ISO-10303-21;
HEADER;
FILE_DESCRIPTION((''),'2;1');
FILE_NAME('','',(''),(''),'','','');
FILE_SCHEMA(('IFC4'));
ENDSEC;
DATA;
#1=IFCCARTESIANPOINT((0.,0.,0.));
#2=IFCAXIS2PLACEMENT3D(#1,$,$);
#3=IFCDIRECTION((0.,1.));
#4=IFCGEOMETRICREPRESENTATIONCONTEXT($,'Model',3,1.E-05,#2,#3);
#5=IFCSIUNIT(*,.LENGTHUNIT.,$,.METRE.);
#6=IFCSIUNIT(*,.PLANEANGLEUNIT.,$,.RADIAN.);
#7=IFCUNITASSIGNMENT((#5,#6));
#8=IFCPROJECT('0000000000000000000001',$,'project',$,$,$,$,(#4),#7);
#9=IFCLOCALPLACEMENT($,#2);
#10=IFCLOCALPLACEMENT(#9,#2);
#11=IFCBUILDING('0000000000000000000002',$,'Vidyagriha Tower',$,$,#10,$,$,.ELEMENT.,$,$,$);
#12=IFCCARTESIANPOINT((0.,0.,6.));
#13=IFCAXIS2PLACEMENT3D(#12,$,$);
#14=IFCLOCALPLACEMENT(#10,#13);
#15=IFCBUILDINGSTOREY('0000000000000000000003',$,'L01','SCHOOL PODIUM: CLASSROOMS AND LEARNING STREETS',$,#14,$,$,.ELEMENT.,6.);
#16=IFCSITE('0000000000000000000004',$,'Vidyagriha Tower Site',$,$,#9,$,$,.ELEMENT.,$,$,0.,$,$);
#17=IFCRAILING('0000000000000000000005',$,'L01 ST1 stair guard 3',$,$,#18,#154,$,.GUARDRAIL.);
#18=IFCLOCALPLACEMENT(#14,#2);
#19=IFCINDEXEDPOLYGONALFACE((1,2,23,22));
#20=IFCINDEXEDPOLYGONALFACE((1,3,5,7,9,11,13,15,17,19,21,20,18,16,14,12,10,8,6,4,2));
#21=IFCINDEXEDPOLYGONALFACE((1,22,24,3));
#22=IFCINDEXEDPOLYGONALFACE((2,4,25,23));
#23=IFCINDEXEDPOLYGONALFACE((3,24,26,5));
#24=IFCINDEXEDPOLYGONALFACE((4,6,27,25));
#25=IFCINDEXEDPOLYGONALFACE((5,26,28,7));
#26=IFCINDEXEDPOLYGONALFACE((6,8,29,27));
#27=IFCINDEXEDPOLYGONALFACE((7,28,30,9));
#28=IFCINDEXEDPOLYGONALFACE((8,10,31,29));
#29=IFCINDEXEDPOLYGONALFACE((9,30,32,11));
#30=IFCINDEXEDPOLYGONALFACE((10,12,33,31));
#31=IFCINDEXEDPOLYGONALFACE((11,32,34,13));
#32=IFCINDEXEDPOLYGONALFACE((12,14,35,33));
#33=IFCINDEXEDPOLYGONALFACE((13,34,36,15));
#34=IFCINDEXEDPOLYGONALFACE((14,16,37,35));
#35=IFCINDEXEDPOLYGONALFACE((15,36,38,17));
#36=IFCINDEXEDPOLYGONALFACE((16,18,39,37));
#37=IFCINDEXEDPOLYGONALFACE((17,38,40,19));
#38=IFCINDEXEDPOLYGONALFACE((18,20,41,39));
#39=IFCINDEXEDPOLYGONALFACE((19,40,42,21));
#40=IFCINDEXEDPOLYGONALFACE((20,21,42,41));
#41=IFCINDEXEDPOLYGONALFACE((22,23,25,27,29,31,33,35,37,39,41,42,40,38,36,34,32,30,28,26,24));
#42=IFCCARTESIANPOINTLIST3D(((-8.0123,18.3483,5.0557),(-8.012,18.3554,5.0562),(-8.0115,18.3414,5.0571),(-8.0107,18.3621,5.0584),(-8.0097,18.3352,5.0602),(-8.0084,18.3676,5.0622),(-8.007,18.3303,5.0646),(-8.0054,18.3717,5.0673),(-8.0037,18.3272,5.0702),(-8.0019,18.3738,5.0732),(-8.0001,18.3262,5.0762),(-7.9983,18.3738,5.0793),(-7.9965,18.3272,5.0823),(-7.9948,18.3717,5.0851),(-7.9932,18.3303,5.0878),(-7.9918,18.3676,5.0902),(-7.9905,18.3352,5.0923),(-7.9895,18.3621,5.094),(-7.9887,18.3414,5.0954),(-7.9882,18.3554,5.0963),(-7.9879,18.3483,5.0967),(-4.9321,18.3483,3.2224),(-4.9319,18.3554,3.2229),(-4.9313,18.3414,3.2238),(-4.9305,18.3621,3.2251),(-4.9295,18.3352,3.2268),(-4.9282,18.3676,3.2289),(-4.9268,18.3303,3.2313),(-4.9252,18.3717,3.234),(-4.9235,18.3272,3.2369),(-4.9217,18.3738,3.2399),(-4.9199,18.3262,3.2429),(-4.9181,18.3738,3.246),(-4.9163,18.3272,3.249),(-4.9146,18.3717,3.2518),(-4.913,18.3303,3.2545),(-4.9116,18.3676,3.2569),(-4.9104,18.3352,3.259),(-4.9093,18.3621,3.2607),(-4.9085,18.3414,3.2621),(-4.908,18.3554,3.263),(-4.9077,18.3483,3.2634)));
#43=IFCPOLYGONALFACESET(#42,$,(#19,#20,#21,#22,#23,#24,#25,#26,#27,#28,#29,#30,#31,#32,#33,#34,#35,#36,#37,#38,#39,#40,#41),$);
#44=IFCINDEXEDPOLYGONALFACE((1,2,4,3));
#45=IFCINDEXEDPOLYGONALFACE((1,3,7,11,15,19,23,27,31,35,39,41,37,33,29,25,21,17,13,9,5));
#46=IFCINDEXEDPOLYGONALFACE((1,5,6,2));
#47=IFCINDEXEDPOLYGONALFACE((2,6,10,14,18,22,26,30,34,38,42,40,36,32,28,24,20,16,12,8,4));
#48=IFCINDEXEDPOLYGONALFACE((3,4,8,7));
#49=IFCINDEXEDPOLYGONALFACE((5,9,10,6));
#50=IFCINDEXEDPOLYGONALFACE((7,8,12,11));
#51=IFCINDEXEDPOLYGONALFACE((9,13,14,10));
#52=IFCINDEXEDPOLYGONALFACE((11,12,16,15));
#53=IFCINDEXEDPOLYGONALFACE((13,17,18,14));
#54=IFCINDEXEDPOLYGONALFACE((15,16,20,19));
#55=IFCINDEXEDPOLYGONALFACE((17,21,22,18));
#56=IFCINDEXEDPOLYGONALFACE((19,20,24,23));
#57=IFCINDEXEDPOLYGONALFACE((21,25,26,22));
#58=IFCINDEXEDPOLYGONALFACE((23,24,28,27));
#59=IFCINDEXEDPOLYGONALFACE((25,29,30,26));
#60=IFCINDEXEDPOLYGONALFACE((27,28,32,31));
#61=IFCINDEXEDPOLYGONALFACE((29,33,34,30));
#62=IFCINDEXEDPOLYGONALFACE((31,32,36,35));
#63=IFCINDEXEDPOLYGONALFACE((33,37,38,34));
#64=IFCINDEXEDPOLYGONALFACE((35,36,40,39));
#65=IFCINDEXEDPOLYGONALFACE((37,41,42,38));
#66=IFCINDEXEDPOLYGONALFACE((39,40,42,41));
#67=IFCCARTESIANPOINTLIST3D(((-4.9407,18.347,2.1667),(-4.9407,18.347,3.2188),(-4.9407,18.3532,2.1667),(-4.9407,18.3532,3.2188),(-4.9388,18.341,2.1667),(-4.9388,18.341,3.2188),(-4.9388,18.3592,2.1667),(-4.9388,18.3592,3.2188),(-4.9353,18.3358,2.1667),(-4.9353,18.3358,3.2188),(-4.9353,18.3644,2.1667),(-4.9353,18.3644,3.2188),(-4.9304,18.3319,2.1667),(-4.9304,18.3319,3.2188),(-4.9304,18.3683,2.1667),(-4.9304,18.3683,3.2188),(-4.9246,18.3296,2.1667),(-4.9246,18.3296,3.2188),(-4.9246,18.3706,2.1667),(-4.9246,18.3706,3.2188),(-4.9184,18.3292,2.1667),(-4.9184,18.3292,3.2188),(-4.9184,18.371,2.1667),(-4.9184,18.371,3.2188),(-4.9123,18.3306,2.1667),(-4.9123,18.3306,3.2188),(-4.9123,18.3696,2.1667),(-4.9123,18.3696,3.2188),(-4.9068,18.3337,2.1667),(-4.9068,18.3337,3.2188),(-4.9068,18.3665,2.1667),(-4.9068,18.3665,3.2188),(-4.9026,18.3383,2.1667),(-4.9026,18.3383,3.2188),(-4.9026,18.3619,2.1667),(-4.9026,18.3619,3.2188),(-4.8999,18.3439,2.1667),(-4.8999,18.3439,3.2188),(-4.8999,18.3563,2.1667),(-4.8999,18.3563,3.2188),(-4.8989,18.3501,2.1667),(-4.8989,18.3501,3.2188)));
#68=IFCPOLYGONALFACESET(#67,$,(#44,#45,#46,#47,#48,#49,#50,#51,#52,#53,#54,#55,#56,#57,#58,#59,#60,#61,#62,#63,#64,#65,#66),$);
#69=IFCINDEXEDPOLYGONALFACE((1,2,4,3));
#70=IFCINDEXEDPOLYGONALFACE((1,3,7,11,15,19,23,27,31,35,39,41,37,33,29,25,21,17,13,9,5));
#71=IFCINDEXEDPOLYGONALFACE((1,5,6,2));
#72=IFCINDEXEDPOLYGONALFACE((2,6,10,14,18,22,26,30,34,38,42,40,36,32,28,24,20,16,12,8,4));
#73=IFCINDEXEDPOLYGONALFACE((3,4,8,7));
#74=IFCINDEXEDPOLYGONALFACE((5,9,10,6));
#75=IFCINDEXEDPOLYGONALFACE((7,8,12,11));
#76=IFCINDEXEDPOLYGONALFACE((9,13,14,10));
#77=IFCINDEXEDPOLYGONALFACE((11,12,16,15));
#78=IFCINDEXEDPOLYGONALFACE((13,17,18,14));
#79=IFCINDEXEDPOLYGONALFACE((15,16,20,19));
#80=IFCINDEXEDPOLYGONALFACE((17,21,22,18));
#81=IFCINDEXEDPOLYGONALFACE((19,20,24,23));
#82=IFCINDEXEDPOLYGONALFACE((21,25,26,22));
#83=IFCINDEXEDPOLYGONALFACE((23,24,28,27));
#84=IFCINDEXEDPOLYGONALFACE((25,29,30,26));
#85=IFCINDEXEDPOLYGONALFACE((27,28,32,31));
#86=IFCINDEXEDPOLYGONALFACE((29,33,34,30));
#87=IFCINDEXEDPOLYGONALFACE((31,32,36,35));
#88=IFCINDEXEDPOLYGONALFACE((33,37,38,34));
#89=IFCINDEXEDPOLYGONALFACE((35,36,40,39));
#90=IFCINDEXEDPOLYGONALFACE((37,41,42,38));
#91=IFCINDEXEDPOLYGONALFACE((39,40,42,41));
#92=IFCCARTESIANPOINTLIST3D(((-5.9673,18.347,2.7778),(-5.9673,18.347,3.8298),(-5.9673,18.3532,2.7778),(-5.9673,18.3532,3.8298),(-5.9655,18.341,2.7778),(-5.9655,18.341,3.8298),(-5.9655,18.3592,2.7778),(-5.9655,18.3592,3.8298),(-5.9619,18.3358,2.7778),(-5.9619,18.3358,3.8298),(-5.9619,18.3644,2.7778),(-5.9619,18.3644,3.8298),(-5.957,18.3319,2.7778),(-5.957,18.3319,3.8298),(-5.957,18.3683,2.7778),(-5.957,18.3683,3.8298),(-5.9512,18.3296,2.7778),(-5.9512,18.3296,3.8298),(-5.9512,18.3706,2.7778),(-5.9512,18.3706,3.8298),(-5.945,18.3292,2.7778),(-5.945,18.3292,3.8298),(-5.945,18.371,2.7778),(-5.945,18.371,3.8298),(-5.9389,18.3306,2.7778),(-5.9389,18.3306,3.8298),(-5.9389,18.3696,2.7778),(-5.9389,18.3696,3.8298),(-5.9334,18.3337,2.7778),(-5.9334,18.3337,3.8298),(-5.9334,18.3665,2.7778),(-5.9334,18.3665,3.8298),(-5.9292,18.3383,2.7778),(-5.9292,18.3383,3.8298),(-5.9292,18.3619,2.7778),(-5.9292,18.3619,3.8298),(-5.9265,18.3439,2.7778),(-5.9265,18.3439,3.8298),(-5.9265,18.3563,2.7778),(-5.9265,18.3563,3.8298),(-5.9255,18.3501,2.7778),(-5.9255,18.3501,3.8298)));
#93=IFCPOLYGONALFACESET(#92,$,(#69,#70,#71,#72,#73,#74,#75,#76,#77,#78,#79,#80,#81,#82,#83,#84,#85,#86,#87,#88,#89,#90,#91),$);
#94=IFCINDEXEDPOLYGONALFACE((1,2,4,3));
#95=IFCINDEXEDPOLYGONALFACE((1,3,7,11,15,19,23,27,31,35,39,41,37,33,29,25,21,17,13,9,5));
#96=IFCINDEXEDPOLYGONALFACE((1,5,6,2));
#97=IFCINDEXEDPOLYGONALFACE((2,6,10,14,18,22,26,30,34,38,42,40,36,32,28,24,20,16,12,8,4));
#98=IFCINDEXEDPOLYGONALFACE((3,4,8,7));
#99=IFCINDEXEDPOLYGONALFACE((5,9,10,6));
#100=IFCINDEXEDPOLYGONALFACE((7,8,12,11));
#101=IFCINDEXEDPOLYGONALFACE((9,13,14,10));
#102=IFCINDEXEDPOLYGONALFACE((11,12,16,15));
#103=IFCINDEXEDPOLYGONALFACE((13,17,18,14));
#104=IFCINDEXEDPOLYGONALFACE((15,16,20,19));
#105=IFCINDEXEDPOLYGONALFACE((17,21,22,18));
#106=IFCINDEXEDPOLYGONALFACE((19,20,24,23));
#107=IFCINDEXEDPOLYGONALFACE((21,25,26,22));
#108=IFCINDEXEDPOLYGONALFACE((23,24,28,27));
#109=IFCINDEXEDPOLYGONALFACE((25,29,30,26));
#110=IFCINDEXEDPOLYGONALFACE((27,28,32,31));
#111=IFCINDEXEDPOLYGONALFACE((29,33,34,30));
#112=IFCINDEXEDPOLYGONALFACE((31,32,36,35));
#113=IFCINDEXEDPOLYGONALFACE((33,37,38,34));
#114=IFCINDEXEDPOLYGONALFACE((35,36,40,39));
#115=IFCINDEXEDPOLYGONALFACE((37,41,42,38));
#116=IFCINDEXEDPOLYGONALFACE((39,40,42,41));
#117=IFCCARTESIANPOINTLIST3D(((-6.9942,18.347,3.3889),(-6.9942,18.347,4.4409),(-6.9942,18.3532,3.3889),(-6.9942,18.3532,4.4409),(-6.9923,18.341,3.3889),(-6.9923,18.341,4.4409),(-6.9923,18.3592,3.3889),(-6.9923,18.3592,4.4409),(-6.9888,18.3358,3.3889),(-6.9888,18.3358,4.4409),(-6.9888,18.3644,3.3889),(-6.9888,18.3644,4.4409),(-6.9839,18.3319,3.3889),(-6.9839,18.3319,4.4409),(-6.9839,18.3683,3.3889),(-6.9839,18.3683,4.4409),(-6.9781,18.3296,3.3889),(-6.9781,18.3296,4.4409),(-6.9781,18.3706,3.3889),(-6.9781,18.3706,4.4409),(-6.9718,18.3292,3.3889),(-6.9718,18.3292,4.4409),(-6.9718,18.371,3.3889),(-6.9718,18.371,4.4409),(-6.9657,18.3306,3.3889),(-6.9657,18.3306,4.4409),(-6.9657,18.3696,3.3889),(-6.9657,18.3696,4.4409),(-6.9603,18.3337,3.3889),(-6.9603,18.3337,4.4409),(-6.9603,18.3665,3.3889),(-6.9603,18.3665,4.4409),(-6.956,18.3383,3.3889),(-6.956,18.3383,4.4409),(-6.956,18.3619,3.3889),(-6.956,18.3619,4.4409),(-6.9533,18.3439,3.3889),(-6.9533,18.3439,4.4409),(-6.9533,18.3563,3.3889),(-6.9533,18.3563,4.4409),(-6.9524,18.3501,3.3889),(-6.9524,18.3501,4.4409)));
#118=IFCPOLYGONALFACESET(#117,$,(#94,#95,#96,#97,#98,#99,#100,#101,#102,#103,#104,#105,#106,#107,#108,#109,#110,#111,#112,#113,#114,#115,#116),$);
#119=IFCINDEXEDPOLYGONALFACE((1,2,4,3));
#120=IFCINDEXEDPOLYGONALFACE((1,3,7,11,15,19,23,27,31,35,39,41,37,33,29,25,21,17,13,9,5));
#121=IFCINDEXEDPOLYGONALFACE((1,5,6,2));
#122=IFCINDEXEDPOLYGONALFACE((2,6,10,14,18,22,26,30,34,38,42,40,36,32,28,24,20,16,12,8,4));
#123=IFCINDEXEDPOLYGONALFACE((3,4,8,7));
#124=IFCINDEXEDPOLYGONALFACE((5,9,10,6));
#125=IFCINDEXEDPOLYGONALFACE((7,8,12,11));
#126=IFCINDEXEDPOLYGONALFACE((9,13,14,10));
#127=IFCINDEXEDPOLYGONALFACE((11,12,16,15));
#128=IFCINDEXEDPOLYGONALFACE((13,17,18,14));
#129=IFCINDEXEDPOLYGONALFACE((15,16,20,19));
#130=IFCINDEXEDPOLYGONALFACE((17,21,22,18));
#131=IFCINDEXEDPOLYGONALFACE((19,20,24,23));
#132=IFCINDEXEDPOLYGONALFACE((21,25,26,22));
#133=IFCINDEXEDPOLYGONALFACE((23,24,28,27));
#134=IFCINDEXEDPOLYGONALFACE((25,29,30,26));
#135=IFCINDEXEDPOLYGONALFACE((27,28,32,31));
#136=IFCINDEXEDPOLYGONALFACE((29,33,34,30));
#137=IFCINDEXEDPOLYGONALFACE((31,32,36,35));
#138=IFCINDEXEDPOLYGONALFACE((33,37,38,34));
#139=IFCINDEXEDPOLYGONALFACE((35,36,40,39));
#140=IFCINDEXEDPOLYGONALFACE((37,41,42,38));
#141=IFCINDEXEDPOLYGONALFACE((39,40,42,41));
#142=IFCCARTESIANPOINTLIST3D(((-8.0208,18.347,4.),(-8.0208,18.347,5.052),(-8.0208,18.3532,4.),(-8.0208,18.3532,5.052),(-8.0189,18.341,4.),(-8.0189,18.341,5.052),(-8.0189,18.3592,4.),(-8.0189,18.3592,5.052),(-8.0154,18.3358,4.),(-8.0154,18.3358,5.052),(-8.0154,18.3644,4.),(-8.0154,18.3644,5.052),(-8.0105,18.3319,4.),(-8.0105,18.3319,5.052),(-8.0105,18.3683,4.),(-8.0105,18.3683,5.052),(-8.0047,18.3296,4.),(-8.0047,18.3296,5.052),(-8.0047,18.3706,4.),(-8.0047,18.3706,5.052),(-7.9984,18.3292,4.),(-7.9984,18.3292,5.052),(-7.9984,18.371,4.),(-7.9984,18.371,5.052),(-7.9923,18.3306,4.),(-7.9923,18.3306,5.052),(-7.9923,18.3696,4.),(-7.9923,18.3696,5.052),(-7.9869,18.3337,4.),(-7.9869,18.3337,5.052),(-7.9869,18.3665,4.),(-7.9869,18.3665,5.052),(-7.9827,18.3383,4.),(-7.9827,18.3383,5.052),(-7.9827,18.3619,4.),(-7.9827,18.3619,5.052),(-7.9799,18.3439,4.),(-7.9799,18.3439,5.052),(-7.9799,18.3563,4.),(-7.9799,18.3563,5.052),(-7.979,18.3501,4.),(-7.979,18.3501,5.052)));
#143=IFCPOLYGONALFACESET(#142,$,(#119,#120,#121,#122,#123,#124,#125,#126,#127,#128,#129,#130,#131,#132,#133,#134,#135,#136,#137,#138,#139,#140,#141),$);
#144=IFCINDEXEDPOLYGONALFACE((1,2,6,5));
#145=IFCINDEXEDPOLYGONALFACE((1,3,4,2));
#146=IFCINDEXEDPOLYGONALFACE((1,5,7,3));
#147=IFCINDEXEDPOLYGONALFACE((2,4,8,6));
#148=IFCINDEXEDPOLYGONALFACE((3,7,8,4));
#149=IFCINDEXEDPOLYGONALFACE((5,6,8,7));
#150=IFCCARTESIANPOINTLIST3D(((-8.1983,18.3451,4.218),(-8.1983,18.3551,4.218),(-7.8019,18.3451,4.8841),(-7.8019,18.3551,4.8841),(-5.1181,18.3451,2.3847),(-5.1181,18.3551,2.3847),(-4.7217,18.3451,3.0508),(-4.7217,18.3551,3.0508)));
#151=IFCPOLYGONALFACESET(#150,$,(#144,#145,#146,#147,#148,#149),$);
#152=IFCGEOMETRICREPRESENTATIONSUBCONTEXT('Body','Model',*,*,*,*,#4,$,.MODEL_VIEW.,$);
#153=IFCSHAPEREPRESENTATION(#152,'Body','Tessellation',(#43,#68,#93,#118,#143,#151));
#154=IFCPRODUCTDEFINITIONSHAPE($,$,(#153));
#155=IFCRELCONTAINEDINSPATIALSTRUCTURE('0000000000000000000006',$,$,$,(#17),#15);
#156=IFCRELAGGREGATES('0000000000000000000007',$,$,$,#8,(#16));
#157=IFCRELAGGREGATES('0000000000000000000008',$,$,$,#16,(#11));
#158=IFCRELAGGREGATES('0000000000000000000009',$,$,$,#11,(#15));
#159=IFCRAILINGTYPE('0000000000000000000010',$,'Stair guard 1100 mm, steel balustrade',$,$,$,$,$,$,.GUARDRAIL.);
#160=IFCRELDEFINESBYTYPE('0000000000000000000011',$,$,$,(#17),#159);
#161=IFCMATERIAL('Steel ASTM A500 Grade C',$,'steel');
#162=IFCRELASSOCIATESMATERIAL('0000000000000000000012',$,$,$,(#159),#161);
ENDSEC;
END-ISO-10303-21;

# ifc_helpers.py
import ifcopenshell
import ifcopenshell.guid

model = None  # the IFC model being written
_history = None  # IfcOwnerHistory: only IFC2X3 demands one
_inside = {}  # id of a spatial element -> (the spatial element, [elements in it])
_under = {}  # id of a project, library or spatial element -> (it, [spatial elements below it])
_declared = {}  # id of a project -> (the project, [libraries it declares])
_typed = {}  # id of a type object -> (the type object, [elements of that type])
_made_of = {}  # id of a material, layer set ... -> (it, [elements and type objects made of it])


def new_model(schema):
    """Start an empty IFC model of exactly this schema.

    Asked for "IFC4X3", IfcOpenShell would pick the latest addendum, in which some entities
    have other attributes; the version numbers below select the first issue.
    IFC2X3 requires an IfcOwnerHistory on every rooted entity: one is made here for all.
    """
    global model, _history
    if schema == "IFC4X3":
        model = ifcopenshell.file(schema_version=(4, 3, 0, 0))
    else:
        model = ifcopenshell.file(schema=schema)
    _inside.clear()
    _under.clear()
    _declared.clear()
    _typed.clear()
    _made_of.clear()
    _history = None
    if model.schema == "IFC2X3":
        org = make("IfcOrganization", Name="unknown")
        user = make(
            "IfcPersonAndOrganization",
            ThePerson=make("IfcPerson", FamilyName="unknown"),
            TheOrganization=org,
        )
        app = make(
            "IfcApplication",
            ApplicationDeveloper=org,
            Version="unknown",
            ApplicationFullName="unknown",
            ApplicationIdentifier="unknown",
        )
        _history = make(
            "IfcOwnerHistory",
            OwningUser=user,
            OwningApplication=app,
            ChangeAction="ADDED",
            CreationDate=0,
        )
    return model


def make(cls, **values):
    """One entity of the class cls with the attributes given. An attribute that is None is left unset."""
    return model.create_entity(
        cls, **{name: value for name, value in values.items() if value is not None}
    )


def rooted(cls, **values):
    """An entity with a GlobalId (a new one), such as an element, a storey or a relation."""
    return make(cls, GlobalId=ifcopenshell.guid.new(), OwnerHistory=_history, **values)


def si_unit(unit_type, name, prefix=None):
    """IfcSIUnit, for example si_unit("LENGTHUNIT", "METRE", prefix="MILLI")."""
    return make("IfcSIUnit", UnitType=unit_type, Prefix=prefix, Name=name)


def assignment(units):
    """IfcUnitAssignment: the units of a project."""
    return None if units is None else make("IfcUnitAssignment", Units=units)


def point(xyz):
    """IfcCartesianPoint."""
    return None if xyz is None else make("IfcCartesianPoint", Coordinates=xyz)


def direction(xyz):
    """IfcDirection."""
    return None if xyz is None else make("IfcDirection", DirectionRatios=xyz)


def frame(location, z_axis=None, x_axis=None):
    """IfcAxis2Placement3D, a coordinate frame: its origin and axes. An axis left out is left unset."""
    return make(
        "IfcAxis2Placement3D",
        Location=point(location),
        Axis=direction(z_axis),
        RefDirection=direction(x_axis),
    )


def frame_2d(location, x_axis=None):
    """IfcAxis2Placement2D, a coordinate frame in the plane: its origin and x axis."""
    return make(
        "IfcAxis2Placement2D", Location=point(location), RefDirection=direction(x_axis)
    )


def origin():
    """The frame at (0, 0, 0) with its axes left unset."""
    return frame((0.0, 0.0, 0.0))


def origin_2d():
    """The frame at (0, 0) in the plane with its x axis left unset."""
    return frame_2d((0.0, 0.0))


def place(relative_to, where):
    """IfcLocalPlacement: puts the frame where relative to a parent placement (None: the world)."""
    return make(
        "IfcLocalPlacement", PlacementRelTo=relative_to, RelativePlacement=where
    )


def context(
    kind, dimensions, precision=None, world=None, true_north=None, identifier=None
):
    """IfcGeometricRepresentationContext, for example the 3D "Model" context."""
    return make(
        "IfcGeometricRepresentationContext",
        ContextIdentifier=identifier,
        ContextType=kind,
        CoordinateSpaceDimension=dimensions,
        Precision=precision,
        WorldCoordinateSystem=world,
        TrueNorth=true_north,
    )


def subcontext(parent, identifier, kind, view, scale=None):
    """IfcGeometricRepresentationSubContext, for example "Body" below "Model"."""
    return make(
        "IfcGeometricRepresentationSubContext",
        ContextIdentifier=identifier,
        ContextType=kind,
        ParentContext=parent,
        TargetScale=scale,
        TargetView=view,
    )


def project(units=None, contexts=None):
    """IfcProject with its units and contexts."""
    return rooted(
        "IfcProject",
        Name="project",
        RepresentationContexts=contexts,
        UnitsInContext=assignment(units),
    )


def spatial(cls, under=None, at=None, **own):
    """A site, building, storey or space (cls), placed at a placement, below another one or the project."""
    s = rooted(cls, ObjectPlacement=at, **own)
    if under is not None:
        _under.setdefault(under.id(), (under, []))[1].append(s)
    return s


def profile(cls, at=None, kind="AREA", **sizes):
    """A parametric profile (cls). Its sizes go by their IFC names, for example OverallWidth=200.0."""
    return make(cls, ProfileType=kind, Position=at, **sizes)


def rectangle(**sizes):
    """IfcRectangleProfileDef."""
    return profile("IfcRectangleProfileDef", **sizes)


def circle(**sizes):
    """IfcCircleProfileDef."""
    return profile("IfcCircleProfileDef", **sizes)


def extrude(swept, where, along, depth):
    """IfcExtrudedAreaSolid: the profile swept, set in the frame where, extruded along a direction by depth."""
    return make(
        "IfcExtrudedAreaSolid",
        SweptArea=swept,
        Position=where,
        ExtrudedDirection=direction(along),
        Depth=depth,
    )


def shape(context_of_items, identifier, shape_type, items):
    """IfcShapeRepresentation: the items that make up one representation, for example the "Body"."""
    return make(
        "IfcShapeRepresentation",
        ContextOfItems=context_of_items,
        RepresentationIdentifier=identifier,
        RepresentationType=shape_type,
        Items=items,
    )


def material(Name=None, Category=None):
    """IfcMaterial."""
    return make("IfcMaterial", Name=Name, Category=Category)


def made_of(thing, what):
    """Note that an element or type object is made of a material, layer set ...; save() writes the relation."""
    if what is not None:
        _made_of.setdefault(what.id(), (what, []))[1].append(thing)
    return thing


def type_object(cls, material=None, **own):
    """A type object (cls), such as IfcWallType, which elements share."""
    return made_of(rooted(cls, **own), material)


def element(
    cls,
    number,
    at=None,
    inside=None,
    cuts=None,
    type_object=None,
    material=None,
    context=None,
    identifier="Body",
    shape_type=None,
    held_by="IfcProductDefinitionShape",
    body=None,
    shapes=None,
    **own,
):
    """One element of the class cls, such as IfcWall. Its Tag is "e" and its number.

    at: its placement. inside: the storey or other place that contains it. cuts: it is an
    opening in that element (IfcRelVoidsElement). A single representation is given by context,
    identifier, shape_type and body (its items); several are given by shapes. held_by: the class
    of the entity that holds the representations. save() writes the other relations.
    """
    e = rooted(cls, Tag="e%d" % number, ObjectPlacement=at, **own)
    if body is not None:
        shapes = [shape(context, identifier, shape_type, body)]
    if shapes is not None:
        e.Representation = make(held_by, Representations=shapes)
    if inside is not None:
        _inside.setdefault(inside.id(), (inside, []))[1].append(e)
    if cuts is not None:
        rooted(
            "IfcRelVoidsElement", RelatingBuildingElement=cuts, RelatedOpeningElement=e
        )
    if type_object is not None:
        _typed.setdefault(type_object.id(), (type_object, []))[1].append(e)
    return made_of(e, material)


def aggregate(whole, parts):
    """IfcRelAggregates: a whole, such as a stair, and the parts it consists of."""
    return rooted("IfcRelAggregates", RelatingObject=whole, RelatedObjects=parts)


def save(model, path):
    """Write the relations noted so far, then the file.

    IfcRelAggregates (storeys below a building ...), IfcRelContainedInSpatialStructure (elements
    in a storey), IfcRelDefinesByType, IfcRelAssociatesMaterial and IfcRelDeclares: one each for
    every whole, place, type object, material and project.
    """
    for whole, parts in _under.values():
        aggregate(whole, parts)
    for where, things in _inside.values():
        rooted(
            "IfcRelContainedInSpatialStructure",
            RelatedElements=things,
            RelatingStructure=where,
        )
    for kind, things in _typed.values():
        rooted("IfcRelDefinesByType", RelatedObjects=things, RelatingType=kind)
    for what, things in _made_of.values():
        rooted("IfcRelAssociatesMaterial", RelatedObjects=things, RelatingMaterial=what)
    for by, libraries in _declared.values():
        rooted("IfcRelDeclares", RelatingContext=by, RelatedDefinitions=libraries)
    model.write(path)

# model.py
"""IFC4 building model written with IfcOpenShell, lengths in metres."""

from ifc_helpers import new_model, si_unit, direction, frame, origin, origin_2d, place, context, subcontext, project, spatial, rectangle, circle, extrude, material, type_object, element, save


model = new_model("IFC4")

# Units and contexts
model_context = context("Model", 3, precision=1e-05, world=origin(), true_north=direction((0.0, 1.0)))
body_context = subcontext(model_context, "Body", "Model", "MODEL_VIEW")
ifc_project = project(units=[si_unit("LENGTHUNIT", "METRE"), si_unit("PLANEANGLEUNIT", "RADIAN")], contexts=[model_context])

# Site, building, storey
site_placement = place(None, origin())
site = spatial("IfcSite", under=ifc_project, at=site_placement, Name="Vidyagriha Tower Site", CompositionType="ELEMENT", RefElevation=0.0)
building_placement = place(site_placement, origin())
building = spatial("IfcBuilding", under=site, at=building_placement, Name="Vidyagriha Tower", CompositionType="ELEMENT")
storey_placement = place(building_placement, frame((0.0, 0.0, 6.0)))
storey = spatial("IfcBuildingStorey", under=building, at=storey_placement, Name="L01", Description="SCHOOL PODIUM: CLASSROOMS AND LEARNING STREETS", CompositionType="ELEMENT", Elevation=6.0)

# Railing
ifc_material_1 = material(Name="Steel ASTM A500 Grade C", Category="steel")
railing_type_1 = type_object("IfcRailingType", Name="Stair guard 1100 mm, steel balustrade", PredefinedType="GUARDRAIL", material=ifc_material_1)
railing_1_placement = place(storey_placement, frame((-4.9199, 18.3501, 2.1667)))
element("IfcRailing", 1, at=railing_1_placement, inside=storey, type_object=railing_type_1, Name="L01 ST1 stair guard 3", PredefinedType="GUARDRAIL", context=body_context, shape_type="SweptSolid", body=[
    extrude(circle(Radius=0.0239, at=origin_2d()), frame((0.0, 0.0, 1.0762), z_axis=(-0.859309, 0.0, 0.511458), x_axis=(0.0, -1.0, 0.0)), (0.0, 0.0, 1.0), 3.5845),
    extrude(circle(Radius=0.021, at=origin_2d()), origin(), (0.0, 0.0, 1.0), 1.052),
    extrude(circle(Radius=0.021, at=origin_2d()), frame((-1.0266, 0.0, 0.6111)), (0.0, 0.0, 1.0), 1.052),
    extrude(circle(Radius=0.021, at=origin_2d()), frame((-2.0535, 0.0, 1.2222)), (0.0, 0.0, 1.0), 1.052),
    extrude(circle(Radius=0.021, at=origin_2d()), frame((-3.0801, 0.0, 1.8333)), (0.0, 0.0, 1.0), 1.052),
    extrude(rectangle(XDim=0.01, YDim=0.7751, at=origin_2d()), frame((0.0, 0.0, 0.551), z_axis=(-0.859309, 0.0, 0.511458), x_axis=(0.0, -1.0, 0.0)), (0.0, 0.0, 1.0), 3.5845),
])

save(model, "model.ifc")
